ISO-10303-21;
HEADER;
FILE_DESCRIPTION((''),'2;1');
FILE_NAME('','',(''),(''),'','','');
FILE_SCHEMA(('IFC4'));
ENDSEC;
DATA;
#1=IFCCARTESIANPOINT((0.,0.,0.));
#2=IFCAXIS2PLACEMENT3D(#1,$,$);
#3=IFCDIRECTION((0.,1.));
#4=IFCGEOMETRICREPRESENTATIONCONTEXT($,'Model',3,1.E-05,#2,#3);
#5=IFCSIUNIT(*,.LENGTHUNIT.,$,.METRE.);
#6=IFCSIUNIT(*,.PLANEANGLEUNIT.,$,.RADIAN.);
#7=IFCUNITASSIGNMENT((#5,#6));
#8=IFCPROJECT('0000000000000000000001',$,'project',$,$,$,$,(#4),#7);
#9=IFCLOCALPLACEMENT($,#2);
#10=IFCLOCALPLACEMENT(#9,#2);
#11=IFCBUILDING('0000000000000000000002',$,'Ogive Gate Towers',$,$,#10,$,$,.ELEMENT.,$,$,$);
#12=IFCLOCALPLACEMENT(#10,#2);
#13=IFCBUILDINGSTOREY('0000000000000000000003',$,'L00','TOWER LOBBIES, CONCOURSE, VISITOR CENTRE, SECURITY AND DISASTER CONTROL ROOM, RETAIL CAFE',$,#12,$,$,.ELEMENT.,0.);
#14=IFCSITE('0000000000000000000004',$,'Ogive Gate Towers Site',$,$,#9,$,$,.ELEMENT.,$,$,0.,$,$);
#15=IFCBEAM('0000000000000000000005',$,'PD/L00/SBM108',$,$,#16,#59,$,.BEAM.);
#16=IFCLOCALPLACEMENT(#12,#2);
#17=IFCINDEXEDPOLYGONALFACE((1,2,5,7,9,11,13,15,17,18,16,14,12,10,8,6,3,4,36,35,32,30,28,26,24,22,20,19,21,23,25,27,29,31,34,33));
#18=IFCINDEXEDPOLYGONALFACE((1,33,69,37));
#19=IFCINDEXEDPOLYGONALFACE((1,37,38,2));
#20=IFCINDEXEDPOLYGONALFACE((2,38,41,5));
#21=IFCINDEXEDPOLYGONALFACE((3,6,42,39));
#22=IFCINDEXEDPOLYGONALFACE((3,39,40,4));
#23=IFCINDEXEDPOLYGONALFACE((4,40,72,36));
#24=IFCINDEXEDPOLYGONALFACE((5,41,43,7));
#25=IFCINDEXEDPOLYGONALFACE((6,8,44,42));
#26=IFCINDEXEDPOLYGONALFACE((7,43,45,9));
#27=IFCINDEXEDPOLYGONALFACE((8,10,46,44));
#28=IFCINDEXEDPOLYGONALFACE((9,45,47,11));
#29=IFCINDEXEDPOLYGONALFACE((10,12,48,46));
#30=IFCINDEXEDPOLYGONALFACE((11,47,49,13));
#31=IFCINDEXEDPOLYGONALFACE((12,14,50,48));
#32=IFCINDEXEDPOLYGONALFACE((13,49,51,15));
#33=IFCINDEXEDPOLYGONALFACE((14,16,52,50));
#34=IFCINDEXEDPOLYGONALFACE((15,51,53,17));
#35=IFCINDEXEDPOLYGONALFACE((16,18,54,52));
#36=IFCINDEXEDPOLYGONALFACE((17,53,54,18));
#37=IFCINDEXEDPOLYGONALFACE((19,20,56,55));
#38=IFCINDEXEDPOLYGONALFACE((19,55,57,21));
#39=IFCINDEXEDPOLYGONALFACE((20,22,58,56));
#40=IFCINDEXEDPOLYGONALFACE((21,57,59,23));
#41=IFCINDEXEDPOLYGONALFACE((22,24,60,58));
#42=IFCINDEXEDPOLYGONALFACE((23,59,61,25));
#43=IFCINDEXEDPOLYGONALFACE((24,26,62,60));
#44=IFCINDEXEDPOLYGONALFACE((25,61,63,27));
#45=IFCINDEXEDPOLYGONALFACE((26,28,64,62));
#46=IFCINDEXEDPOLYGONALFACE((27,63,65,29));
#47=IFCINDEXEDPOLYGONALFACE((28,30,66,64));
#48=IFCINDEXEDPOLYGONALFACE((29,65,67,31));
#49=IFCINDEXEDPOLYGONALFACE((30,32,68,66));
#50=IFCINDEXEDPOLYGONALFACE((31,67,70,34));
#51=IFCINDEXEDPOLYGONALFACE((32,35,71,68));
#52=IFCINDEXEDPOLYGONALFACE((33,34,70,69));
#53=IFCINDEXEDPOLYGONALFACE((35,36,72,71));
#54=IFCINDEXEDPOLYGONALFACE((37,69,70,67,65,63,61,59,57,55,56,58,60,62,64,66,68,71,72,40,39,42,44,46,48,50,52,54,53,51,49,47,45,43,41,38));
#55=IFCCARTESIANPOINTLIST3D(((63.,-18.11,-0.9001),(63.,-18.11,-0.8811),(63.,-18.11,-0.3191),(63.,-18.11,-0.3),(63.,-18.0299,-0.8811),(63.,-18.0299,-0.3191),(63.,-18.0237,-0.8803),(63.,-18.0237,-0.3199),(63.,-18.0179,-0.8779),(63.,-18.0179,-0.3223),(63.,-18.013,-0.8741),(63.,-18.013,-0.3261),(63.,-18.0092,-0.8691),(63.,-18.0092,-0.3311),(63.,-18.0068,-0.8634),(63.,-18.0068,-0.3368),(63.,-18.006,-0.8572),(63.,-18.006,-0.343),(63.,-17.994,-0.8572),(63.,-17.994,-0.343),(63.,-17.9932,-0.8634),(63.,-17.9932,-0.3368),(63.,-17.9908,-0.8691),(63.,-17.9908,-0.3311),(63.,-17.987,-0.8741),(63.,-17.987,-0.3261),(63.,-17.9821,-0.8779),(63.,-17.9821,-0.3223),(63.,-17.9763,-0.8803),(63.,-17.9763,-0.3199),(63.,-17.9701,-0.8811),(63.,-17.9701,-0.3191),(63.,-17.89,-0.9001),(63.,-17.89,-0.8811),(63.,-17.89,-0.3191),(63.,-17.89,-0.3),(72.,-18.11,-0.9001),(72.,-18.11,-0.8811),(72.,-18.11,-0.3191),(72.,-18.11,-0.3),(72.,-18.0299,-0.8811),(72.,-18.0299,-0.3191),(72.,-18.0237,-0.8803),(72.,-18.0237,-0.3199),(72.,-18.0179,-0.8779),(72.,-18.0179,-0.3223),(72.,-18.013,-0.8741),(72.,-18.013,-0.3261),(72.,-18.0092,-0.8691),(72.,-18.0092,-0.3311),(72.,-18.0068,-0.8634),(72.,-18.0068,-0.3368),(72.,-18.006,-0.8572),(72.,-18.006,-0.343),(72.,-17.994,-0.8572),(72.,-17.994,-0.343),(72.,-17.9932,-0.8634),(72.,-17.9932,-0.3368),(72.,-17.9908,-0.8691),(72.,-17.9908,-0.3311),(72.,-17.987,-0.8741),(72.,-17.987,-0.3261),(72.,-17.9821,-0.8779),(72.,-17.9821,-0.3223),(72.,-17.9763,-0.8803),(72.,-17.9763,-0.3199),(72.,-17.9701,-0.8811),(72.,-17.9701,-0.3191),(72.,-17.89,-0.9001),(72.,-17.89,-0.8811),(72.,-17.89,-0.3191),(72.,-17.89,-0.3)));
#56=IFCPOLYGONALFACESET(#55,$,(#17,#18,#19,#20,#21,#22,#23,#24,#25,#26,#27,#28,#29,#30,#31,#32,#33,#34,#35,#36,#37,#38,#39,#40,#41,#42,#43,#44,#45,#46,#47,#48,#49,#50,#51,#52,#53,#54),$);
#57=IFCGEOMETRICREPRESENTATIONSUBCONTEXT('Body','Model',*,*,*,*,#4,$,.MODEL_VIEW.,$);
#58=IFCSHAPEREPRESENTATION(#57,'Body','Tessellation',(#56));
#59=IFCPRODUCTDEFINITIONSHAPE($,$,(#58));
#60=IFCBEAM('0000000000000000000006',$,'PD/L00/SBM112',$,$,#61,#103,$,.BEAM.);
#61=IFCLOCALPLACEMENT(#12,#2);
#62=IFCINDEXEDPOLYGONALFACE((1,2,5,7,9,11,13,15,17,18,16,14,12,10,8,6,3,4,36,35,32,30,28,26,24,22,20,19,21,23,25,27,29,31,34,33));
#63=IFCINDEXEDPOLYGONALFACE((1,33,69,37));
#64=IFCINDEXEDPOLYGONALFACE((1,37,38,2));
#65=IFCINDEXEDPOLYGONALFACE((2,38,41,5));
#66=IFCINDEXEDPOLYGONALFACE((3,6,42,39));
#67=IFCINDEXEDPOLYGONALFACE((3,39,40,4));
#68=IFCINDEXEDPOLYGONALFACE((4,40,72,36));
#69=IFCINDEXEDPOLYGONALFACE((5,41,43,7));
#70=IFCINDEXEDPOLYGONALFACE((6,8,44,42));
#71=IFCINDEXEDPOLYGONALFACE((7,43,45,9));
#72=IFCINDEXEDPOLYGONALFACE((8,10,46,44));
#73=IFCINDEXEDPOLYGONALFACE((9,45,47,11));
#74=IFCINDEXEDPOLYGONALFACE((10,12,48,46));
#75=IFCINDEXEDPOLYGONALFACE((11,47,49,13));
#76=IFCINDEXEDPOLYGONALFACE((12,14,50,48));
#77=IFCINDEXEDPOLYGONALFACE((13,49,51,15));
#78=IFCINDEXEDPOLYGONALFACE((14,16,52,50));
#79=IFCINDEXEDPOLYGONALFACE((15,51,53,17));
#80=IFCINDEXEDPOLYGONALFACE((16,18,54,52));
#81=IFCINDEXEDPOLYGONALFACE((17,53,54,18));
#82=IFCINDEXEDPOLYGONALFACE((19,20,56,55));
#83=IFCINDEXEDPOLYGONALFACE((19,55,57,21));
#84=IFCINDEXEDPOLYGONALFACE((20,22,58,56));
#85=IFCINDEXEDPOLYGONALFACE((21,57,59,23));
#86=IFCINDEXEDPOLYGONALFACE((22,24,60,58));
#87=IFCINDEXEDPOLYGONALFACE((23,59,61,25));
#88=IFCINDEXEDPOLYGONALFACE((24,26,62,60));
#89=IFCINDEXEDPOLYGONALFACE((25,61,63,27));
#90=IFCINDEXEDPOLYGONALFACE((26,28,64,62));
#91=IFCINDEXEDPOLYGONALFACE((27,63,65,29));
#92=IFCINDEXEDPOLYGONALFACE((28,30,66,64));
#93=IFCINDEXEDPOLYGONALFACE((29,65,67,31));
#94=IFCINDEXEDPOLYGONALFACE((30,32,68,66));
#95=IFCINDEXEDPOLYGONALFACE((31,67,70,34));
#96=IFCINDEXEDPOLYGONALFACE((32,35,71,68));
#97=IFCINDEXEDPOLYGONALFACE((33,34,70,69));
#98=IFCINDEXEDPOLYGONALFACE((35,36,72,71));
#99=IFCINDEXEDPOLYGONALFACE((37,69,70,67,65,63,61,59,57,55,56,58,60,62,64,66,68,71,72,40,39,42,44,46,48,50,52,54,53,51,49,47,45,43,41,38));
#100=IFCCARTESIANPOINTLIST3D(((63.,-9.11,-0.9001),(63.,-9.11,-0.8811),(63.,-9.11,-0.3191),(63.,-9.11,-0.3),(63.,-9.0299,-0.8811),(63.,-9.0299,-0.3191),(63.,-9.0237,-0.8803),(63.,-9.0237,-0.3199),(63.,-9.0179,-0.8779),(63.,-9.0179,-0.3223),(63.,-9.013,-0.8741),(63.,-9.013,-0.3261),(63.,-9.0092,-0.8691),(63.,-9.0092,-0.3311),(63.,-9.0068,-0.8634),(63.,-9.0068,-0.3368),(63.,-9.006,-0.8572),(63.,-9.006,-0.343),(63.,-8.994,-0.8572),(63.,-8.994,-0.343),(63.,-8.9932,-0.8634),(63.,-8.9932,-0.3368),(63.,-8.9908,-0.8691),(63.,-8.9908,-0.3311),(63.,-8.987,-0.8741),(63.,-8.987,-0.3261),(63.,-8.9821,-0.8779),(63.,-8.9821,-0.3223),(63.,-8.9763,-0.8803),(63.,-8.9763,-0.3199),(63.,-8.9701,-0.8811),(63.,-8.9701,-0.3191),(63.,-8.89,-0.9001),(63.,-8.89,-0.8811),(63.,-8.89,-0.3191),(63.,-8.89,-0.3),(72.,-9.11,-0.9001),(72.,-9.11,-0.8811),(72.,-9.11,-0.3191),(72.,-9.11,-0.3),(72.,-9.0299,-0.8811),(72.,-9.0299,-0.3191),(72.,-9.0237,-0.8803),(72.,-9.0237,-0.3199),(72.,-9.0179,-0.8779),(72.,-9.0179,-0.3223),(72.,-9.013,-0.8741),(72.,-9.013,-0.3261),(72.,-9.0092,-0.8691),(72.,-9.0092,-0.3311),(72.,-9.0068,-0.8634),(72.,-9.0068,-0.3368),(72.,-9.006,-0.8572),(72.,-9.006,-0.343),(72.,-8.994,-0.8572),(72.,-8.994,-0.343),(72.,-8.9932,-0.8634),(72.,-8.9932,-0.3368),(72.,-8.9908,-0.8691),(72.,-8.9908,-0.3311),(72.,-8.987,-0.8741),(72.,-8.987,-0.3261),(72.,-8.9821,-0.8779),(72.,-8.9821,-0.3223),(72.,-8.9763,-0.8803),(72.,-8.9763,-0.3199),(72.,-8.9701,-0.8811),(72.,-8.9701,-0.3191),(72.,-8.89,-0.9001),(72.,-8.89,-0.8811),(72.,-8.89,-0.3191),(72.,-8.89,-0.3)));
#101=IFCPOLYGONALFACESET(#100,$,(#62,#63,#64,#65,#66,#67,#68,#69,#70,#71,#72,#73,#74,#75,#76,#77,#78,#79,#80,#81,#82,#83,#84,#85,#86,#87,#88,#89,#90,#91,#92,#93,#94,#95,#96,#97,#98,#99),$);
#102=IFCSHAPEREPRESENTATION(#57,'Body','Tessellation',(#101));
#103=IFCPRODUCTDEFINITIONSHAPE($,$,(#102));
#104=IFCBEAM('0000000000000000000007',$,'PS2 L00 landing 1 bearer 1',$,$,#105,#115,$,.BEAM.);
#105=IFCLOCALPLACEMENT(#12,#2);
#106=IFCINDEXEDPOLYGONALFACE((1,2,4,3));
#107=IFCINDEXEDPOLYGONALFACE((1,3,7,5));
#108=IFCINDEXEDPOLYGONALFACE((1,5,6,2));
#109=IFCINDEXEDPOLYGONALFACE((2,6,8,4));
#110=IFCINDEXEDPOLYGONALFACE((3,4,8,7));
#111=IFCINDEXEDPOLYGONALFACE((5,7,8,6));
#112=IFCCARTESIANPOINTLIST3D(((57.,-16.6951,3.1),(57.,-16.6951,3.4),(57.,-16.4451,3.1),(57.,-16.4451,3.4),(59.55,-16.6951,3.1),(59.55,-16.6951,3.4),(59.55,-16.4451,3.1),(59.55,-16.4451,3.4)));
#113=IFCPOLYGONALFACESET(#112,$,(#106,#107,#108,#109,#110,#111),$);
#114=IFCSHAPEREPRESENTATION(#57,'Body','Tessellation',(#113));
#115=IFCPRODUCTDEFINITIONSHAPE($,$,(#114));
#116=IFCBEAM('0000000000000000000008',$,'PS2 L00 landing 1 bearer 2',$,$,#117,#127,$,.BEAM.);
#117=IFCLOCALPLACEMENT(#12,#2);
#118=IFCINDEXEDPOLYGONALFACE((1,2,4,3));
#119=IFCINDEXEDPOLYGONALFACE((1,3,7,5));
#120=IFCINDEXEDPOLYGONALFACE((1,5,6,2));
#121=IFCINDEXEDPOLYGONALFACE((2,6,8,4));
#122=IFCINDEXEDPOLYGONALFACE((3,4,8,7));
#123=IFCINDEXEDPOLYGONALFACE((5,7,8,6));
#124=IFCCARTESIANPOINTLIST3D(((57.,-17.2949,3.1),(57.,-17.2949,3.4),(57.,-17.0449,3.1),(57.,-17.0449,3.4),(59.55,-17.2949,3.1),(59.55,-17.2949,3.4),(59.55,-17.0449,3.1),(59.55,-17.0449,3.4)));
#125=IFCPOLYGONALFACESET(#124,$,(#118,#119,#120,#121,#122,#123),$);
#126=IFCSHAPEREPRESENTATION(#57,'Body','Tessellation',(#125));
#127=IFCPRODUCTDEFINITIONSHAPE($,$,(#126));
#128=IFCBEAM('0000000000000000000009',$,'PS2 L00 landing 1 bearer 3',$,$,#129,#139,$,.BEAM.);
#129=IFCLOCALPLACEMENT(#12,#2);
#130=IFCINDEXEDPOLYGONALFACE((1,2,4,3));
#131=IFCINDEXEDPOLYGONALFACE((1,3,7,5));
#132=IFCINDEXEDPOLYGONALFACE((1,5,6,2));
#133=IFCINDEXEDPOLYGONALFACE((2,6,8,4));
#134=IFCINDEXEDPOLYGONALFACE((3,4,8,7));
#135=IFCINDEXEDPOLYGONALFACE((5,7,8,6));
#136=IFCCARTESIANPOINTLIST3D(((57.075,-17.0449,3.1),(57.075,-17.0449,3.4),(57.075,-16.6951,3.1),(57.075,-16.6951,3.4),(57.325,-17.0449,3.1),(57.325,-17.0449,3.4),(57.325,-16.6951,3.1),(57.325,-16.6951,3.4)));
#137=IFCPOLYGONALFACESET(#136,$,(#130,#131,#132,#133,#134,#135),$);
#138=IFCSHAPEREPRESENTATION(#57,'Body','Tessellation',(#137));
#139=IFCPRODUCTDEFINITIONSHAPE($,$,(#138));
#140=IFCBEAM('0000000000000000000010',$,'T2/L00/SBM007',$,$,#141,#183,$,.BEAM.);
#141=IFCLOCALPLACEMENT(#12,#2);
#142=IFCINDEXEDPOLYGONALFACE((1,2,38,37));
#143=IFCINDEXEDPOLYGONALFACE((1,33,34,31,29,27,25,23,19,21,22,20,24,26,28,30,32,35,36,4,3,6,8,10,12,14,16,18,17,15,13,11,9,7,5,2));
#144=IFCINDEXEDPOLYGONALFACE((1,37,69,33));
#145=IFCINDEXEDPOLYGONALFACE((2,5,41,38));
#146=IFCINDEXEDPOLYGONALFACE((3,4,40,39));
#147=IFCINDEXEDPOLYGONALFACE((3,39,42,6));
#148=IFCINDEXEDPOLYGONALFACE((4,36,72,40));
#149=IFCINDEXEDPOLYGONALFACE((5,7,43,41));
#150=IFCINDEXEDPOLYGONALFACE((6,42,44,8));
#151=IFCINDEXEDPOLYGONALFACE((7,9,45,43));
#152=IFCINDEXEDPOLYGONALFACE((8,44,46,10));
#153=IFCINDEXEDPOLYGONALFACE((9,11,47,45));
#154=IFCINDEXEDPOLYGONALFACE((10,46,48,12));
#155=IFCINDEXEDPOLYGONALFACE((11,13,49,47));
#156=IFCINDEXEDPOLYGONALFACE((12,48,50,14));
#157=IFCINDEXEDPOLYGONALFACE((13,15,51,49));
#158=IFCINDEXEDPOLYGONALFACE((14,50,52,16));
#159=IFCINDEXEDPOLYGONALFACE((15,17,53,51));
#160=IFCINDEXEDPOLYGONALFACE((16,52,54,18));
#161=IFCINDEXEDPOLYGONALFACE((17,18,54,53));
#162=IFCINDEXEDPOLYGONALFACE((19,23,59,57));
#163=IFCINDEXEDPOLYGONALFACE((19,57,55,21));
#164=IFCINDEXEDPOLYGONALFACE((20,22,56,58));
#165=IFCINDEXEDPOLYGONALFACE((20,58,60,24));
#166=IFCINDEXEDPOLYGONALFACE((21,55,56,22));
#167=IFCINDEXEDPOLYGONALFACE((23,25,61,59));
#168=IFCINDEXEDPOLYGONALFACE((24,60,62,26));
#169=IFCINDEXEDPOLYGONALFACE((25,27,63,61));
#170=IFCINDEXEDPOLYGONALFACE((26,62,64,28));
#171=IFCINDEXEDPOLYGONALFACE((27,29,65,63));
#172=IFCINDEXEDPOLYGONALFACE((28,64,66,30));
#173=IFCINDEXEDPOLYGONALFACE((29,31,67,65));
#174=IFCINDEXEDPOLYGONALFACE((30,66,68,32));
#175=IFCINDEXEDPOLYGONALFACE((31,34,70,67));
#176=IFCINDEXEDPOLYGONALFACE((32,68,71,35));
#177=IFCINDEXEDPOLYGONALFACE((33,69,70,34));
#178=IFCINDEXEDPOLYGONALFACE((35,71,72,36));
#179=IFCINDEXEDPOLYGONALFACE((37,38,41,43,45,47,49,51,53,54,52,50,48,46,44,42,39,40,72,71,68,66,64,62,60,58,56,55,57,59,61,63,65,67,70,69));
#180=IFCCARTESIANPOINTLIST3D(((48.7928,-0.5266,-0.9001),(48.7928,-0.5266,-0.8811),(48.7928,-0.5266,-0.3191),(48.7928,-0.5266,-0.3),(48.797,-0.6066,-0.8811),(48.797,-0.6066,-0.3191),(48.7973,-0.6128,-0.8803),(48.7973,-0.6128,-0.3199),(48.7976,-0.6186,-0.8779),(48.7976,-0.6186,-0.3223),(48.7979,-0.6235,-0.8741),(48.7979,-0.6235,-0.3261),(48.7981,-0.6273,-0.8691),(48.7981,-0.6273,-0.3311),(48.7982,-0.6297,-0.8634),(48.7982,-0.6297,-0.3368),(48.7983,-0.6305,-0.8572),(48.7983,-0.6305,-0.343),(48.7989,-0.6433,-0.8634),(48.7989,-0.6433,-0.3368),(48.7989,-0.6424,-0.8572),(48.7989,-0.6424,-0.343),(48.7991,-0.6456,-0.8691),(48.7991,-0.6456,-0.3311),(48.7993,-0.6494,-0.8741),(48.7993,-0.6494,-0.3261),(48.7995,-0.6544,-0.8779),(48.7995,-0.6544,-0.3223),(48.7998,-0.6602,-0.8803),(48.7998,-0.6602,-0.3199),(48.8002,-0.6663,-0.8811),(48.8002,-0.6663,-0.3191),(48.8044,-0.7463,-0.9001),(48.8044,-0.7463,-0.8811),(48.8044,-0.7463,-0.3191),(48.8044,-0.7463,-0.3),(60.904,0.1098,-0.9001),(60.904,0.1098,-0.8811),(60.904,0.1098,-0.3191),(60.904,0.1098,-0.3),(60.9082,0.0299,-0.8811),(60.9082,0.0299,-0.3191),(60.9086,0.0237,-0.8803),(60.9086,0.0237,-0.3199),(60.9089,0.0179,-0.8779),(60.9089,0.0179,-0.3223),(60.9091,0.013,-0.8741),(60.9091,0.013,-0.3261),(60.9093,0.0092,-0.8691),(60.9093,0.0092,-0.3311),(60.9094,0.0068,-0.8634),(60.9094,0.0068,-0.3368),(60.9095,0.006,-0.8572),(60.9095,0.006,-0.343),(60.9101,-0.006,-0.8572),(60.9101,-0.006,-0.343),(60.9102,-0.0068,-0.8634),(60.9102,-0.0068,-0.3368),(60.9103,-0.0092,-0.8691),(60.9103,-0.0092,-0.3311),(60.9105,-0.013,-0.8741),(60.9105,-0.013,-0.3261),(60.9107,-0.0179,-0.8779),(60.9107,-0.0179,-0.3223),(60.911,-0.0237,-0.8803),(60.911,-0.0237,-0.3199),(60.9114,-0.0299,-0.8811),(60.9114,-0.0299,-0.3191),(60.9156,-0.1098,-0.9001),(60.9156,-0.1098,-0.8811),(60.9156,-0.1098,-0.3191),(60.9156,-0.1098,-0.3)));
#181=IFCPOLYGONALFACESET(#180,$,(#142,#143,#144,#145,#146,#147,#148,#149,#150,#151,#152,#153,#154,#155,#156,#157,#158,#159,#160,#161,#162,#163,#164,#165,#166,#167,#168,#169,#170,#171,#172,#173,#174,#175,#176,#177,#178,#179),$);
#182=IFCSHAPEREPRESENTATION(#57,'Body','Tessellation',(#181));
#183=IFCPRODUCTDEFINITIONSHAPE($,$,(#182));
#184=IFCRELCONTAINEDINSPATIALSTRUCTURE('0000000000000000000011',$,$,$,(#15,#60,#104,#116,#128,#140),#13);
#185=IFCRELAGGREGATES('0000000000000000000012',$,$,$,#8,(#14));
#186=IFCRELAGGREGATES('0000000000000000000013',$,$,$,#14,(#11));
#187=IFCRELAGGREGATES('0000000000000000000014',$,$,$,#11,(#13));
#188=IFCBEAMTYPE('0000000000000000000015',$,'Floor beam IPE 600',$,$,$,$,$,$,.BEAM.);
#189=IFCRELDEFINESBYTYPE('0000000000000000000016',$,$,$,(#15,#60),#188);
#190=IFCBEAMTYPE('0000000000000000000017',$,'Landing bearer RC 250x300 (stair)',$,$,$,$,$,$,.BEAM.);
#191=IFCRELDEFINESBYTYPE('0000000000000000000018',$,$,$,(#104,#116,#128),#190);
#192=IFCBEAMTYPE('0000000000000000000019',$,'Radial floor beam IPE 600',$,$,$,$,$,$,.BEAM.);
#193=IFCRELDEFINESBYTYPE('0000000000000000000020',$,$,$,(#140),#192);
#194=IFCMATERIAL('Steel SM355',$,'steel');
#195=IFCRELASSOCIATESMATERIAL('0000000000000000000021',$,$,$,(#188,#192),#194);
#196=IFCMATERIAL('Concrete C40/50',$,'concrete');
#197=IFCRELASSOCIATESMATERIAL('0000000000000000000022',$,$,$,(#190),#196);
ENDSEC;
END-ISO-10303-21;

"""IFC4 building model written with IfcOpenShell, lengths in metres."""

from ifc_helpers import new_model, si_unit, direction, frame, origin, origin_2d, place, context, subcontext, project, spatial, rectangle, i_section, extrude, material, material_profile, profile_set, type_object, element, save


model = new_model("IFC4")

# Units and contexts
model_context = context("Model", 3, precision=1e-05, world=origin(), true_north=direction((0.0, 1.0)))
body_context = subcontext(model_context, "Body", "Model", "MODEL_VIEW")
ifc_project = project(units=[si_unit("LENGTHUNIT", "METRE"), si_unit("PLANEANGLEUNIT", "RADIAN")], contexts=[model_context])

# Site, building, storey
site_placement = place(None, origin())
site = spatial("IfcSite", under=ifc_project, at=site_placement, Name="Ogive Gate Towers Site", CompositionType="ELEMENT", RefElevation=0.0)
building_placement = place(site_placement, origin())
building = spatial("IfcBuilding", under=site, at=building_placement, Name="Ogive Gate Towers", CompositionType="ELEMENT")
storey_placement = place(building_placement, origin())
storey = spatial("IfcBuildingStorey", under=building, at=storey_placement, Name="L00", Description="TOWER LOBBIES, CONCOURSE, VISITOR CENTRE, SECURITY AND DISASTER CONTROL ROOM, RETAIL CAFE", CompositionType="ELEMENT", Elevation=0.0)

# Beams
ifc_material_1 = material(Name="Steel SM355", Category="steel")
ifc_material_profile_1 = material_profile(ifc_material_1, i_section(OverallWidth=0.22, OverallDepth=0.6001, WebThickness=0.012, FlangeThickness=0.019, FilletRadius=0.0239, at=origin_2d()), Name="IPE 600")
ifc_profile_set_1 = profile_set([ifc_material_profile_1], Name="Steel SM355")
beam_type_1 = type_object("IfcBeamType", Name="Floor beam IPE 600", PredefinedType="BEAM", material=ifc_profile_set_1)
for number, where, z_axis, x_axis, name in (
    (1, (63.0, -18.0, -0.6001), (1.0, 0.0, 0.0), (0.0, 1.0, 0.0), "PD/L00/SBM108"),
    (2, (63.0, -9.0, -0.6001), (1.0, 0.0, 0.0), (0.0, 1.0, 0.0), "PD/L00/SBM112"),
):
    element("IfcBeam", number, at=place(storey_placement, frame(where, z_axis=z_axis, x_axis=x_axis)), inside=storey, type_object=beam_type_1, Name=name, PredefinedType="BEAM", context=body_context, shape_type="SweptSolid", body=[
        extrude(i_section(OverallWidth=0.22, OverallDepth=0.6001, WebThickness=0.012, FlangeThickness=0.019, FilletRadius=0.0239, at=origin_2d()), origin(), (0.0, 0.0, 1.0), 9.0),
    ])
ifc_material_2 = material(Name="Concrete C40/50", Category="concrete")
ifc_material_profile_2 = material_profile(ifc_material_2, rectangle(XDim=0.25, YDim=0.3, at=origin_2d()), Name="RC 250x300")
ifc_profile_set_2 = profile_set([ifc_material_profile_2], Name="Concrete C40/50")
beam_type_2 = type_object("IfcBeamType", Name="Landing bearer RC 250x300 (stair)", PredefinedType="BEAM", material=ifc_profile_set_2)
for number, where, z_axis, x_axis, name in (
    (3, (57.0, -16.5701, 3.25), (1.0, 0.0, 0.0), (0.0, 1.0, 0.0), "PS2 L00 landing 1 bearer 1"),
    (4, (57.0, -17.1699, 3.25), (1.0, 0.0, 0.0), (0.0, 1.0, 0.0), "PS2 L00 landing 1 bearer 2"),
):
    element("IfcBeam", number, at=place(storey_placement, frame(where, z_axis=z_axis, x_axis=x_axis)), inside=storey, type_object=beam_type_2, Name=name, PredefinedType="BEAM", context=body_context, shape_type="SweptSolid", body=[
        extrude(rectangle(XDim=0.25, YDim=0.3, at=origin_2d()), origin(), (0.0, 0.0, 1.0), 2.55),
    ])
beam_1_placement = place(storey_placement, frame((57.2, -16.6951, 3.25), z_axis=(0.0, -1.0, 0.0), x_axis=(1.0, 0.0, 0.0)))
element("IfcBeam", 5, at=beam_1_placement, inside=storey, type_object=beam_type_2, Name="PS2 L00 landing 1 bearer 3", PredefinedType="BEAM", context=body_context, shape_type="SweptSolid", body=[
    extrude(rectangle(XDim=0.25, YDim=0.3, at=origin_2d()), origin(), (0.0, 0.0, 1.0), 0.3499),
])
ifc_material_profile_3 = material_profile(ifc_material_1, i_section(OverallWidth=0.22, OverallDepth=0.6001, WebThickness=0.012, FlangeThickness=0.019, FilletRadius=0.0239, at=origin_2d()), Name="IPE 600")
ifc_profile_set_3 = profile_set([ifc_material_profile_3], Name="Steel SM355")
beam_type_3 = type_object("IfcBeamType", Name="Radial floor beam IPE 600", PredefinedType="BEAM", material=ifc_profile_set_3)
beam_2_placement = place(storey_placement, frame((48.7986, -0.6365, -0.6001), z_axis=(0.998622, 0.05248, 0.0), x_axis=(-0.05248, 0.998622, 0.0)))
element("IfcBeam", 6, at=beam_2_placement, inside=storey, type_object=beam_type_3, Name="T2/L00/SBM007", PredefinedType="BEAM", context=body_context, shape_type="SweptSolid", body=[
    extrude(i_section(OverallWidth=0.22, OverallDepth=0.6001, WebThickness=0.012, FlangeThickness=0.019, FilletRadius=0.0239, at=origin_2d()), origin(), (0.0, 0.0, 1.0), 12.1279),
])

save(model, "model.ifc")
